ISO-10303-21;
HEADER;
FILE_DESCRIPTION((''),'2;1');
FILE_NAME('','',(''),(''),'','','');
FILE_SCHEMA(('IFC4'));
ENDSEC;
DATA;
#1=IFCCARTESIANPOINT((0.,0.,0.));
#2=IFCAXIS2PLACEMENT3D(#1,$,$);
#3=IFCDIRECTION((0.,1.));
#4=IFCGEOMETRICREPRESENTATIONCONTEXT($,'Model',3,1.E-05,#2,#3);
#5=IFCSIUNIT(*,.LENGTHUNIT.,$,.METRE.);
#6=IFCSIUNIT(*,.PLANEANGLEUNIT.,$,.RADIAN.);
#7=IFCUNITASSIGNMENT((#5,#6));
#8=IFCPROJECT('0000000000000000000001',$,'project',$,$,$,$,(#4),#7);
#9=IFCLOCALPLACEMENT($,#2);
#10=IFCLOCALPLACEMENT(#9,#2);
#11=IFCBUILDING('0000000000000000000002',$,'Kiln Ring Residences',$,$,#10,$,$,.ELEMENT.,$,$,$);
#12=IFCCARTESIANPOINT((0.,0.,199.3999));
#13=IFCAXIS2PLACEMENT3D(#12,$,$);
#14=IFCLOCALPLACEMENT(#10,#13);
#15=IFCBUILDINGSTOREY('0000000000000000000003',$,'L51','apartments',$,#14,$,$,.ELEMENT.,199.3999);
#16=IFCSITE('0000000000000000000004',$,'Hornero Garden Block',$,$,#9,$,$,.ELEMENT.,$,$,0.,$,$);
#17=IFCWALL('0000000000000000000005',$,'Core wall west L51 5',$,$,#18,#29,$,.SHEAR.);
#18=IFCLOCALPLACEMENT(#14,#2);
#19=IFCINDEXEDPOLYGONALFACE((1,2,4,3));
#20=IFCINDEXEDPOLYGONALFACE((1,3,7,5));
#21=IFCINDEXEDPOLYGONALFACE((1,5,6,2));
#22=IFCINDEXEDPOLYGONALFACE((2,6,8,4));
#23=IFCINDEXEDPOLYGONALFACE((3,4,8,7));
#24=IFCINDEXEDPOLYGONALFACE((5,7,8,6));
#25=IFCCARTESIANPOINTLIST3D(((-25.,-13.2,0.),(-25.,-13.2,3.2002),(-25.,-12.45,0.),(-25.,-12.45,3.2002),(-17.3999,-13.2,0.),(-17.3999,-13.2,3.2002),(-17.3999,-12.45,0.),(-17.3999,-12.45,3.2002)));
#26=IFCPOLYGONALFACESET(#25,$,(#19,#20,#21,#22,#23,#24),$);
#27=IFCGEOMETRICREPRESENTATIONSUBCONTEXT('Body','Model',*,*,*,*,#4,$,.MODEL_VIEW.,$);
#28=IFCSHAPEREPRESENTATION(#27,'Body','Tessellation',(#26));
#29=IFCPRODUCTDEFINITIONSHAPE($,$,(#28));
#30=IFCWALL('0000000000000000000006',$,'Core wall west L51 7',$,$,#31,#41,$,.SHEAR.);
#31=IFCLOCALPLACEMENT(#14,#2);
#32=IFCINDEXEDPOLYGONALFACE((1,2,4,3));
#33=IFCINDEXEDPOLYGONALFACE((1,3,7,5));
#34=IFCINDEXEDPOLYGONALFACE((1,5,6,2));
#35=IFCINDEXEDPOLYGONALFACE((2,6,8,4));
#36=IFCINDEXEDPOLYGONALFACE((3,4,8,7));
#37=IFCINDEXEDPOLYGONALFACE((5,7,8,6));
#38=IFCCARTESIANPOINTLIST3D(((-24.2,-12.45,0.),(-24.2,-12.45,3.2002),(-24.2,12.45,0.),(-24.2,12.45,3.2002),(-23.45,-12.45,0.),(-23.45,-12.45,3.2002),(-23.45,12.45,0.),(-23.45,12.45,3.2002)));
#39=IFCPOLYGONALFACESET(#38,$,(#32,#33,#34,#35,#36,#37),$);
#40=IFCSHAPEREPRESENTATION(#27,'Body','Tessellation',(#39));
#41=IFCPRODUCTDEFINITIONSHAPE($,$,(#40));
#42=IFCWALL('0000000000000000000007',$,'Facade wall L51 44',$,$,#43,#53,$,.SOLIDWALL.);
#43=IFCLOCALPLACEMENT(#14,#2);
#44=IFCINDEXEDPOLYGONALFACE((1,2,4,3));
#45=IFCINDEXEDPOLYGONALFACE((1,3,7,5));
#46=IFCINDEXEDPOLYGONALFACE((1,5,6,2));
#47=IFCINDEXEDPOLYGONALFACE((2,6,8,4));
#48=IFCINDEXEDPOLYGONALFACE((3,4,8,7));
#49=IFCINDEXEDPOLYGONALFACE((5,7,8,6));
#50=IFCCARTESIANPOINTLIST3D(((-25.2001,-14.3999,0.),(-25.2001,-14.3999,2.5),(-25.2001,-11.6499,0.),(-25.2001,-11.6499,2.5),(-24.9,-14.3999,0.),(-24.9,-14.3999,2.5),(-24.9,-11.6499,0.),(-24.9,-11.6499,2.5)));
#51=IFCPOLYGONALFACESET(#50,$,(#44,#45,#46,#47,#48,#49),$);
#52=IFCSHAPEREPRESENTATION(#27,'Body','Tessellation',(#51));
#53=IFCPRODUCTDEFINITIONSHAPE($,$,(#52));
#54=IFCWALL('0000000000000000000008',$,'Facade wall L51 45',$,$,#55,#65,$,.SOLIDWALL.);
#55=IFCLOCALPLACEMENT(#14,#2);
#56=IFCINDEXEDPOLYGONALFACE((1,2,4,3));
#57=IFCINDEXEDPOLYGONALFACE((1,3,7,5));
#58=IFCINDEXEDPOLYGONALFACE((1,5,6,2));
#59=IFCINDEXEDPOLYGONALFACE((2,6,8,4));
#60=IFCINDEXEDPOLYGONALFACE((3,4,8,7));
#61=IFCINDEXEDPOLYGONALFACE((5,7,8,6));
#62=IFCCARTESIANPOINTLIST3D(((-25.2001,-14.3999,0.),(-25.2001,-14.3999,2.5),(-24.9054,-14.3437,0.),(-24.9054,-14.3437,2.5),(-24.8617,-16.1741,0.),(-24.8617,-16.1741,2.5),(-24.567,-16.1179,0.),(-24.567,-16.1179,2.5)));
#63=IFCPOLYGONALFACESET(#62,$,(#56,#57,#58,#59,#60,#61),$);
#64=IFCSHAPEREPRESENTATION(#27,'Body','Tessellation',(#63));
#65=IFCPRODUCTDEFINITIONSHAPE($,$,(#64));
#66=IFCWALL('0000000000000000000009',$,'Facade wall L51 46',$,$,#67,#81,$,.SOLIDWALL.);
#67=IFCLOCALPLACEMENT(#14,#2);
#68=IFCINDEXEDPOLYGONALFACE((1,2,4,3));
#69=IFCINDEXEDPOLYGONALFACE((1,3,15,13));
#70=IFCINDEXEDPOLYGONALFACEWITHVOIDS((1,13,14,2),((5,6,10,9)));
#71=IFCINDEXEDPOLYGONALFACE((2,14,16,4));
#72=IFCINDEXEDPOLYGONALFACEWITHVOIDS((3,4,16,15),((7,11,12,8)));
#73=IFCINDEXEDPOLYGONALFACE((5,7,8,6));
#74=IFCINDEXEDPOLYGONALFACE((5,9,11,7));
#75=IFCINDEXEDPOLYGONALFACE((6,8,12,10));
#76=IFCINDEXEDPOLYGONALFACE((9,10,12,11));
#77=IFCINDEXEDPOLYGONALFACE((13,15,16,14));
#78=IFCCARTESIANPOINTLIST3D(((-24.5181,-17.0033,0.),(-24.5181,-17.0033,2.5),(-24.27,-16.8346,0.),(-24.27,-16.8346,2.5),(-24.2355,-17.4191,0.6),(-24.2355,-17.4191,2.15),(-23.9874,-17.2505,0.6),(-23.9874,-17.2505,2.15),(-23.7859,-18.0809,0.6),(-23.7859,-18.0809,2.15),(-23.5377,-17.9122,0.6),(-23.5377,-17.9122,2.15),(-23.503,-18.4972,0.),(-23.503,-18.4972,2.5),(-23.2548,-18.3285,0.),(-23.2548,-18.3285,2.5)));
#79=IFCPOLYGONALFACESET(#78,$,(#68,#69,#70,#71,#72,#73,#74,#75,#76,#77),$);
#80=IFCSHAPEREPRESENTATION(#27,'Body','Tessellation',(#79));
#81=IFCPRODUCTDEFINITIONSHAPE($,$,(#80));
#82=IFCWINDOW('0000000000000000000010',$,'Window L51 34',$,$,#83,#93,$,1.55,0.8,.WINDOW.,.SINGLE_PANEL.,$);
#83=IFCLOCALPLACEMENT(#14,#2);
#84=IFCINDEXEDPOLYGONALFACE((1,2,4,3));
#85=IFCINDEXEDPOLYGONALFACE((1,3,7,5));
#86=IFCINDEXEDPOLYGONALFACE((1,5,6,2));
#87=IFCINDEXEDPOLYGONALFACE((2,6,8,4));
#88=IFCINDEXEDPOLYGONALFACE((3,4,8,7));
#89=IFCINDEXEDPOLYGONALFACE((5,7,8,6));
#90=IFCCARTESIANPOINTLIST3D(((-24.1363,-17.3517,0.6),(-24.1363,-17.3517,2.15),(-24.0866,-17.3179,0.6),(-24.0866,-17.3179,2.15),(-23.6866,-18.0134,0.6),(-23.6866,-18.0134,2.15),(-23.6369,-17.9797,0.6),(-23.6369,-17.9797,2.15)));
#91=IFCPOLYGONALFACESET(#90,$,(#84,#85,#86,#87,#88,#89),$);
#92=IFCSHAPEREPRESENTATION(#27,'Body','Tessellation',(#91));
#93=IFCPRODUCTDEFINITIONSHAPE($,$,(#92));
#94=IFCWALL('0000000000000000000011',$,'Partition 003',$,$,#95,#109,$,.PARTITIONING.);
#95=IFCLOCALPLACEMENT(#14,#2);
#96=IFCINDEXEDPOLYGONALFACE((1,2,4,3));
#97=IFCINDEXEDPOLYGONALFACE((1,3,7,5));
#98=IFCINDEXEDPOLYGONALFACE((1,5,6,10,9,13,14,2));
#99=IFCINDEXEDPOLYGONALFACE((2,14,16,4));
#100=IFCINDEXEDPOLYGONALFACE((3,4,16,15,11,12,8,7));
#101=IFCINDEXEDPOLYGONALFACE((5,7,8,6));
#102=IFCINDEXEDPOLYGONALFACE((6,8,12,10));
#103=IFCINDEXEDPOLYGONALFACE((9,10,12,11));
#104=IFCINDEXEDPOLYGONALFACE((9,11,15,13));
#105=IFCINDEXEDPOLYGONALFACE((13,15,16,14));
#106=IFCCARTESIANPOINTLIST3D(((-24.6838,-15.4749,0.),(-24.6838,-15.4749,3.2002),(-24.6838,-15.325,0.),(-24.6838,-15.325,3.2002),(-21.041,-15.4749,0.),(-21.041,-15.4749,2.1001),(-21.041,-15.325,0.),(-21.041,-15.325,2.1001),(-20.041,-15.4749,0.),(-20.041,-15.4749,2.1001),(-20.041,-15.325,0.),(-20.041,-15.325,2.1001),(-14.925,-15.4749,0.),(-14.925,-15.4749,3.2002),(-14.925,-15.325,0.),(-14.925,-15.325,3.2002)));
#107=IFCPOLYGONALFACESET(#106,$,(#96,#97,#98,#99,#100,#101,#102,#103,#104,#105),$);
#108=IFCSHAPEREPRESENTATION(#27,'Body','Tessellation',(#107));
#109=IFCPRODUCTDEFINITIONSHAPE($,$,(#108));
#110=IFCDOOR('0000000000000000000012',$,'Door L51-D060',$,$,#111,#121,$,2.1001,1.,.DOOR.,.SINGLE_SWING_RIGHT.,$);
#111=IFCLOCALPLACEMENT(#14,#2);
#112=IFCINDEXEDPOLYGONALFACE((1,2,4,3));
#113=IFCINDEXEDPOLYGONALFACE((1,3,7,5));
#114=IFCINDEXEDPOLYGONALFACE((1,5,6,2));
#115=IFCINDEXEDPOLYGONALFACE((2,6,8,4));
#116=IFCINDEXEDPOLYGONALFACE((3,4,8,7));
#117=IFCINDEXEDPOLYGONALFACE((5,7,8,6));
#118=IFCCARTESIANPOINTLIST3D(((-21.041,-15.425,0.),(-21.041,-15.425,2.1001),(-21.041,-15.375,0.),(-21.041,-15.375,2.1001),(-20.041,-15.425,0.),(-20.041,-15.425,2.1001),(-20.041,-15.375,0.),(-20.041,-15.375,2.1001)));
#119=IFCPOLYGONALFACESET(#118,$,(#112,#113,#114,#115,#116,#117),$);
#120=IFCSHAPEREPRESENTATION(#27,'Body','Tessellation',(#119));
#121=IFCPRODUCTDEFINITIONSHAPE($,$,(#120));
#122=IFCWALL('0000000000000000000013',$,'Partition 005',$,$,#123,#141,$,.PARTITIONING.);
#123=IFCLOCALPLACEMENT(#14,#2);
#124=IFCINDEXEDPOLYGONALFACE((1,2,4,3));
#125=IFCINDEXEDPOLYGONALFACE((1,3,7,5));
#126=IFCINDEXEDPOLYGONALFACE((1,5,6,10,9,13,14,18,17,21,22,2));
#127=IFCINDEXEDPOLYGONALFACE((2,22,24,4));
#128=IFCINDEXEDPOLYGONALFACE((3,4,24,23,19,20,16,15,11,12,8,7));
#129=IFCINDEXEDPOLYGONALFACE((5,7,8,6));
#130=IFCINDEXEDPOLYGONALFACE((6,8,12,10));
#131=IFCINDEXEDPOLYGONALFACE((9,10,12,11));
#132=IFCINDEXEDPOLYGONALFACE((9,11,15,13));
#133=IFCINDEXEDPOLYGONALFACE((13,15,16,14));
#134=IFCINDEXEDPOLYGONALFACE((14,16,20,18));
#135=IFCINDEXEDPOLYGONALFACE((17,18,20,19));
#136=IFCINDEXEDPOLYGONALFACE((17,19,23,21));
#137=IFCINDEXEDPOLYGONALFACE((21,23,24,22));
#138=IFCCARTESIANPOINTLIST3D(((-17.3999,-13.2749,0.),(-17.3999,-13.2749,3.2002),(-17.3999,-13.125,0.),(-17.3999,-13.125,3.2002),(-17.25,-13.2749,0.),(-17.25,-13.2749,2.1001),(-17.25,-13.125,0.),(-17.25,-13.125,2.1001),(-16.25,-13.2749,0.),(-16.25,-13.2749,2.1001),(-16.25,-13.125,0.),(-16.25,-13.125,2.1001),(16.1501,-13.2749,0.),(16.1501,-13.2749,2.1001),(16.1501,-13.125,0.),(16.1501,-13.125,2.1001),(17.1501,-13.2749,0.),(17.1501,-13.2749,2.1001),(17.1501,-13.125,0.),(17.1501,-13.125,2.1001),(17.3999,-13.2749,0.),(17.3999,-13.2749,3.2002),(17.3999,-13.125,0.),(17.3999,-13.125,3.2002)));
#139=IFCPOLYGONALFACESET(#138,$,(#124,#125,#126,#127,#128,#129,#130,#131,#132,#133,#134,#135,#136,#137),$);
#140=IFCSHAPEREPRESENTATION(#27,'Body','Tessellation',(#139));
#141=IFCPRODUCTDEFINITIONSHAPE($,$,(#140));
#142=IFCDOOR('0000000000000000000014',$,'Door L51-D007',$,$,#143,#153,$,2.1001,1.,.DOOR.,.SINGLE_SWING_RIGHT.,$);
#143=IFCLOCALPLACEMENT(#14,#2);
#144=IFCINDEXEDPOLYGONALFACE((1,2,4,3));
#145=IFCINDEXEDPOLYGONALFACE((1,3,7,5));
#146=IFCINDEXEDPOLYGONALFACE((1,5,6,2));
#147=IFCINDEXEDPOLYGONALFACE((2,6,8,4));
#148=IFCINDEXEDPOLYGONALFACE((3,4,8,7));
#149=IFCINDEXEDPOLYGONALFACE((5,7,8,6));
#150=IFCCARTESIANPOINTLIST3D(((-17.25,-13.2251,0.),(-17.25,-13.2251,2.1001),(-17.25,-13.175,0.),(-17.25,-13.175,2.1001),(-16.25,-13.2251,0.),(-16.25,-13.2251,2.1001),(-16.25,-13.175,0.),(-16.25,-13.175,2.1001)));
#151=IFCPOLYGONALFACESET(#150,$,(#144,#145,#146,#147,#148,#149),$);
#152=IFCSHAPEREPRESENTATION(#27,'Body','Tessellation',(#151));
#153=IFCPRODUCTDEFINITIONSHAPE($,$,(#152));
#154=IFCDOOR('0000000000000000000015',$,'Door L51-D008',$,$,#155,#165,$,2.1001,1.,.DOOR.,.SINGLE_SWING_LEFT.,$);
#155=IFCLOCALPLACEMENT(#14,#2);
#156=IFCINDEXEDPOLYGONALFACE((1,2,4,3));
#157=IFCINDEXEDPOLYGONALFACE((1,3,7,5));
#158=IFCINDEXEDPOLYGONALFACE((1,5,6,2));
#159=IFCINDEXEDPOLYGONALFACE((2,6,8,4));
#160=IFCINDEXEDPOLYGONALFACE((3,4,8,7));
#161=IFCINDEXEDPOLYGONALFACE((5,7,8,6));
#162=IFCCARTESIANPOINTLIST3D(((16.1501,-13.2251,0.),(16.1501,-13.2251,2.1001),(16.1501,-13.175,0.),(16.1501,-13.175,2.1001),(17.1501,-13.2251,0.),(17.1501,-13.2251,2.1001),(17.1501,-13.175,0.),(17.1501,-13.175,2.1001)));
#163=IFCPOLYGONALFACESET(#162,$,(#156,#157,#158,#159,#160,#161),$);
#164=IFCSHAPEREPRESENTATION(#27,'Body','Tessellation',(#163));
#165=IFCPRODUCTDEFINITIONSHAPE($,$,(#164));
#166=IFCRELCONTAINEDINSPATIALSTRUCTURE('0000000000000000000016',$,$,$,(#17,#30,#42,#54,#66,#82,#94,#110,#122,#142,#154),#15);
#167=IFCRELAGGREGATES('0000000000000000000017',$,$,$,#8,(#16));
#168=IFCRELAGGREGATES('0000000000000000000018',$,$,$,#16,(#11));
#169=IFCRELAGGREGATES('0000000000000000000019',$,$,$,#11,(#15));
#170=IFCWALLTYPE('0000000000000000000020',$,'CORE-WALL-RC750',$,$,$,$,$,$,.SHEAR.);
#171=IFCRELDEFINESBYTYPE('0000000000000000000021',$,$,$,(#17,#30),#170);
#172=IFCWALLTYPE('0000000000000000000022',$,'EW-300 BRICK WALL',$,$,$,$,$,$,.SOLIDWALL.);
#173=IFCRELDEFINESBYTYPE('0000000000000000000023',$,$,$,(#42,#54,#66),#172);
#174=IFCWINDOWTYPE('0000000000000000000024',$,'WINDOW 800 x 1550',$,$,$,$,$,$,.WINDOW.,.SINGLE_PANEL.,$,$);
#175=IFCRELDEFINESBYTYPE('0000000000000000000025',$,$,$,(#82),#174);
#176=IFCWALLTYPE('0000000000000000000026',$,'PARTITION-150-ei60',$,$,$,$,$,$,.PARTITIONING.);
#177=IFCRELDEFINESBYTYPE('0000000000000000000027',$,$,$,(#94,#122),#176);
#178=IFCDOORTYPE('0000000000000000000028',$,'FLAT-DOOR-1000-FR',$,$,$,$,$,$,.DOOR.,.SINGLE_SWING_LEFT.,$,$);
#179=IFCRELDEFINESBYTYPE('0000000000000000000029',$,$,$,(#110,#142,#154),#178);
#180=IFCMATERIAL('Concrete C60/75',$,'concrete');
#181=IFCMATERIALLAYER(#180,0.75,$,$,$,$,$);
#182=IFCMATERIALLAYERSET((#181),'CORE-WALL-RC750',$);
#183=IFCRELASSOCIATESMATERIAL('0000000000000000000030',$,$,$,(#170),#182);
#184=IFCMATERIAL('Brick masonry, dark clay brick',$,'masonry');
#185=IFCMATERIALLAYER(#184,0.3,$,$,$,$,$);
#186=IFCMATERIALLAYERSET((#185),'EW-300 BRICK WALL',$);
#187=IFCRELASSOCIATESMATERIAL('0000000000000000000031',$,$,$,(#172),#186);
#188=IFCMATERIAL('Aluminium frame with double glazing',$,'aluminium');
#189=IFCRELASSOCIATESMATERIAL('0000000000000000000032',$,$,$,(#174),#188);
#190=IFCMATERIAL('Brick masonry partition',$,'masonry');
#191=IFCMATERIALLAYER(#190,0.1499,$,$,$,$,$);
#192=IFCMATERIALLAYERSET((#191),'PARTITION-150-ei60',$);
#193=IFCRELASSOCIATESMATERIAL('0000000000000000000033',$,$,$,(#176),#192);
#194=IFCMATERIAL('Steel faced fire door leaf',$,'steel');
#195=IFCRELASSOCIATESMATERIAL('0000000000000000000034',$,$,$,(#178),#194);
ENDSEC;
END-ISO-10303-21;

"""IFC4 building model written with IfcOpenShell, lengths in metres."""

from ifc_helpers import new_model, si_unit, direction, frame, frame_2d, origin, place, context, subcontext, project, spatial, rectangle, extrude, material, layer, layer_set, type_object, element, fill, save


model = new_model("IFC4")

# Units and contexts
model_context = context("Model", 3, precision=1e-05, world=origin(), true_north=direction((0.0, 1.0)))
body_context = subcontext(model_context, "Body", "Model", "MODEL_VIEW")
ifc_project = project(units=[si_unit("LENGTHUNIT", "METRE"), si_unit("PLANEANGLEUNIT", "RADIAN")], contexts=[model_context])

# Site, building, storey
site_placement = place(None, origin())
site = spatial("IfcSite", under=ifc_project, at=site_placement, Name="Hornero Garden Block", CompositionType="ELEMENT", RefElevation=0.0)
building_placement = place(site_placement, origin())
building = spatial("IfcBuilding", under=site, at=building_placement, Name="Kiln Ring Residences", CompositionType="ELEMENT")
storey_placement = place(building_placement, frame((0.0, 0.0, 199.3999)))
storey = spatial("IfcBuildingStorey", under=building, at=storey_placement, Name="L51", Description="apartments", CompositionType="ELEMENT", Elevation=199.3999)

# Walls
ifc_material_1 = material(Name="Concrete C60/75", Category="concrete")
ifc_layer_1 = layer(ifc_material_1, 0.75)
ifc_layer_set_1 = layer_set([ifc_layer_1], Name="CORE-WALL-RC750")
wall_type_1 = type_object("IfcWallType", Name="CORE-WALL-RC750", PredefinedType="SHEAR", material=ifc_layer_set_1)
wall_1_placement = place(storey_placement, frame((-17.3999, -12.825, 0.0), z_axis=(0.0, 0.0, 1.0), x_axis=(-1.0, 0.0, 0.0)))
element("IfcWall", 1, at=wall_1_placement, inside=storey, type_object=wall_type_1, Name="Core wall west L51 5", PredefinedType="SHEAR", context=body_context, shape_type="SweptSolid", body=[
    extrude(rectangle(XDim=7.6001, YDim=0.75, at=frame_2d((3.8, 0.0))), origin(), (0.0, 0.0, 1.0), 3.2002),
])
wall_2_placement = place(storey_placement, frame((-23.825, -12.45, 0.0), z_axis=(0.0, 0.0, 1.0), x_axis=(0.0, 1.0, 0.0)))
element("IfcWall", 2, at=wall_2_placement, inside=storey, type_object=wall_type_1, Name="Core wall west L51 7", PredefinedType="SHEAR", context=body_context, shape_type="SweptSolid", body=[
    extrude(rectangle(XDim=24.8999, YDim=0.75, at=frame_2d((12.45, 0.0))), origin(), (0.0, 0.0, 1.0), 3.2002),
])
ifc_material_2 = material(Name="Brick masonry, dark clay brick", Category="masonry")
ifc_layer_2 = layer(ifc_material_2, 0.3)
ifc_layer_set_2 = layer_set([ifc_layer_2], Name="EW-300 BRICK WALL")
wall_type_2 = type_object("IfcWallType", Name="EW-300 BRICK WALL", PredefinedType="SOLIDWALL", material=ifc_layer_set_2)
wall_3_placement = place(storey_placement, frame((-25.05, -11.6499, 0.0), z_axis=(0.0, 0.0, 1.0), x_axis=(0.0, -1.0, 0.0)))
element("IfcWall", 3, at=wall_3_placement, inside=storey, type_object=wall_type_2, Name="Facade wall L51 44", PredefinedType="SOLIDWALL", context=body_context, shape_type="SweptSolid", body=[
    extrude(rectangle(XDim=2.75, YDim=0.3, at=frame_2d((1.375, 0.0))), origin(), (0.0, 0.0, 1.0), 2.5),
])
wall_4_placement = place(storey_placement, frame((-25.0527, -14.3718, 0.0), z_axis=(0.0, 0.0, 1.0), x_axis=(0.187348, -0.982294, 0.0)))
element("IfcWall", 4, at=wall_4_placement, inside=storey, type_object=wall_type_2, Name="Facade wall L51 45", PredefinedType="SOLIDWALL", context=body_context, shape_type="SweptSolid", body=[
    extrude(rectangle(XDim=1.8062, YDim=0.3, at=frame_2d((0.9031, 0.0))), origin(), (0.0, 0.0, 1.0), 2.5),
])

# Wall, opening, window
wall_5_placement = place(storey_placement, frame((-24.394, -16.9189, 0.0), z_axis=(0.0, 0.0, 1.0), x_axis=(0.56204, -0.82711, 0.0)))
wall_5 = element("IfcWall", 5, at=wall_5_placement, inside=storey, type_object=wall_type_2, Name="Facade wall L51 46", PredefinedType="SOLIDWALL", context=body_context, shape_type="SweptSolid", body=[
    extrude(rectangle(XDim=1.8062, YDim=0.3, at=frame_2d((0.9031, 0.0))), origin(), (0.0, 0.0, 1.0), 2.5),
])
opening_1_placement = place(wall_5_placement, frame((0.5029, 0.0, 0.6001)))
opening_1 = element("IfcOpeningElement", 6, at=opening_1_placement, cuts=wall_5, PredefinedType="OPENING", context=body_context, shape_type="SweptSolid", body=[
    extrude(rectangle(XDim=0.8, YDim=1.55, at=frame_2d((0.3999, 0.7749))), frame((0.0, 0.1599, 0.0), z_axis=(0.0, -1.0, 0.0), x_axis=(1.0, 0.0, 0.0)), (0.0, 0.0, 1.0), 0.3201),
])
ifc_material_3 = material(Name="Aluminium frame with double glazing", Category="aluminium")
window_type = type_object("IfcWindowType", Name="WINDOW 800 x 1550", PartitioningType="SINGLE_PANEL", PredefinedType="WINDOW", material=ifc_material_3)
window_placement = place(opening_1_placement, origin())
window = element("IfcWindow", 7, at=window_placement, inside=storey, type_object=window_type, Name="Window L51 34", OverallHeight=1.55, OverallWidth=0.8, PartitioningType="SINGLE_PANEL", PredefinedType="WINDOW", context=body_context, shape_type="SweptSolid", body=[
    extrude(rectangle(XDim=0.8, YDim=1.55, at=frame_2d((0.3999, 0.7749))), frame((0.0, 0.03, 0.0), z_axis=(0.0, -1.0, 0.0), x_axis=(1.0, 0.0, 0.0)), (0.0, 0.0, 1.0), 0.0601),
])
fill(opening_1, window)

# Wall, opening, door
ifc_material_4 = material(Name="Brick masonry partition", Category="masonry")
ifc_layer_3 = layer(ifc_material_4, 0.1499)
ifc_layer_set_3 = layer_set([ifc_layer_3], Name="PARTITION-150-ei60")
wall_type_3 = type_object("IfcWallType", Name="PARTITION-150-ei60", PredefinedType="PARTITIONING", material=ifc_layer_set_3)
wall_6_placement = place(storey_placement, frame((-24.6838, -15.3999, 0.0), z_axis=(0.0, 0.0, 1.0), x_axis=(1.0, 0.0, 0.0)))
wall_6 = element("IfcWall", 8, at=wall_6_placement, inside=storey, type_object=wall_type_3, Name="Partition 003", PredefinedType="PARTITIONING", context=body_context, shape_type="SweptSolid", body=[
    extrude(rectangle(XDim=9.7588, YDim=0.1499, at=frame_2d((4.8794, 0.0))), origin(), (0.0, 0.0, 1.0), 3.2002),
])
opening_2_placement = place(wall_6_placement, frame((3.6428, 0.0, 0.0)))
opening_2 = element("IfcOpeningElement", 9, at=opening_2_placement, cuts=wall_6, PredefinedType="OPENING", context=body_context, shape_type="SweptSolid", body=[
    extrude(rectangle(XDim=1.0, YDim=2.1001, at=frame_2d((0.5, 1.05))), frame((0.0, 0.085, 0.0), z_axis=(0.0, -1.0, 0.0), x_axis=(1.0, 0.0, 0.0)), (0.0, 0.0, 1.0), 0.1699),
])
ifc_material_5 = material(Name="Steel faced fire door leaf", Category="steel")
door_type_1 = type_object("IfcDoorType", Name="FLAT-DOOR-1000-FR", OperationType="SINGLE_SWING_LEFT", PredefinedType="DOOR", material=ifc_material_5)
door_1_placement = place(opening_2_placement, origin())
door_1 = element("IfcDoor", 10, at=door_1_placement, inside=storey, type_object=door_type_1, Name="Door L51-D060", OperationType="SINGLE_SWING_RIGHT", OverallHeight=2.1001, OverallWidth=1.0, PredefinedType="DOOR", context=body_context, shape_type="SweptSolid", body=[
    extrude(rectangle(XDim=1.0, YDim=2.1001, at=frame_2d((0.5, 1.05))), frame((0.0, 0.0249, 0.0), z_axis=(0.0, -1.0, 0.0), x_axis=(1.0, 0.0, 0.0)), (0.0, 0.0, 1.0), 0.05),
])
fill(opening_2, door_1)

# Wall, openings, doors
wall_7_placement = place(storey_placement, frame((-17.3999, -13.2, 0.0), z_axis=(0.0, 0.0, 1.0), x_axis=(1.0, 0.0, 0.0)))
wall_7 = element("IfcWall", 11, at=wall_7_placement, inside=storey, type_object=wall_type_3, Name="Partition 005", PredefinedType="PARTITIONING", context=body_context, shape_type="SweptSolid", body=[
    extrude(rectangle(XDim=34.7998, YDim=0.1499, at=frame_2d((17.3999, 0.0))), origin(), (0.0, 0.0, 1.0), 3.2002),
])
opening_3_placement = place(wall_7_placement, frame((0.1499, 0.0, 0.0)))
opening_3 = element("IfcOpeningElement", 12, at=opening_3_placement, cuts=wall_7, PredefinedType="OPENING", context=body_context, shape_type="SweptSolid", body=[
    extrude(rectangle(XDim=1.0, YDim=2.1001, at=frame_2d((0.5, 1.05))), frame((0.0, 0.085, 0.0), z_axis=(0.0, -1.0, 0.0), x_axis=(1.0, 0.0, 0.0)), (0.0, 0.0, 1.0), 0.1699),
])
opening_4_placement = place(wall_7_placement, frame((33.55, 0.0, 0.0)))
opening_4 = element("IfcOpeningElement", 13, at=opening_4_placement, cuts=wall_7, PredefinedType="OPENING", context=body_context, shape_type="SweptSolid", body=[
    extrude(rectangle(XDim=1.0, YDim=2.1001, at=frame_2d((0.5, 1.05))), frame((0.0, 0.085, 0.0), z_axis=(0.0, -1.0, 0.0), x_axis=(1.0, 0.0, 0.0)), (0.0, 0.0, 1.0), 0.1699),
])
door_2_placement = place(opening_3_placement, origin())
door_2 = element("IfcDoor", 14, at=door_2_placement, inside=storey, type_object=door_type_1, Name="Door L51-D007", OperationType="SINGLE_SWING_RIGHT", OverallHeight=2.1001, OverallWidth=1.0, PredefinedType="DOOR", context=body_context, shape_type="SweptSolid", body=[
    extrude(rectangle(XDim=1.0, YDim=2.1001, at=frame_2d((0.5, 1.05))), frame((0.0, 0.0249, 0.0), z_axis=(0.0, -1.0, 0.0), x_axis=(1.0, 0.0, 0.0)), (0.0, 0.0, 1.0), 0.05),
])
fill(opening_3, door_2)
door_3_placement = place(opening_4_placement, origin())
door_3 = element("IfcDoor", 15, at=door_3_placement, inside=storey, type_object=door_type_1, Name="Door L51-D008", OperationType="SINGLE_SWING_LEFT", OverallHeight=2.1001, OverallWidth=1.0, PredefinedType="DOOR", context=body_context, shape_type="SweptSolid", body=[
    extrude(rectangle(XDim=1.0, YDim=2.1001, at=frame_2d((0.5, 1.05))), frame((0.0, 0.0249, 0.0), z_axis=(0.0, -1.0, 0.0), x_axis=(1.0, 0.0, 0.0)), (0.0, 0.0, 1.0), 0.05),
])
fill(opening_4, door_3)

save(model, "model.ifc")
